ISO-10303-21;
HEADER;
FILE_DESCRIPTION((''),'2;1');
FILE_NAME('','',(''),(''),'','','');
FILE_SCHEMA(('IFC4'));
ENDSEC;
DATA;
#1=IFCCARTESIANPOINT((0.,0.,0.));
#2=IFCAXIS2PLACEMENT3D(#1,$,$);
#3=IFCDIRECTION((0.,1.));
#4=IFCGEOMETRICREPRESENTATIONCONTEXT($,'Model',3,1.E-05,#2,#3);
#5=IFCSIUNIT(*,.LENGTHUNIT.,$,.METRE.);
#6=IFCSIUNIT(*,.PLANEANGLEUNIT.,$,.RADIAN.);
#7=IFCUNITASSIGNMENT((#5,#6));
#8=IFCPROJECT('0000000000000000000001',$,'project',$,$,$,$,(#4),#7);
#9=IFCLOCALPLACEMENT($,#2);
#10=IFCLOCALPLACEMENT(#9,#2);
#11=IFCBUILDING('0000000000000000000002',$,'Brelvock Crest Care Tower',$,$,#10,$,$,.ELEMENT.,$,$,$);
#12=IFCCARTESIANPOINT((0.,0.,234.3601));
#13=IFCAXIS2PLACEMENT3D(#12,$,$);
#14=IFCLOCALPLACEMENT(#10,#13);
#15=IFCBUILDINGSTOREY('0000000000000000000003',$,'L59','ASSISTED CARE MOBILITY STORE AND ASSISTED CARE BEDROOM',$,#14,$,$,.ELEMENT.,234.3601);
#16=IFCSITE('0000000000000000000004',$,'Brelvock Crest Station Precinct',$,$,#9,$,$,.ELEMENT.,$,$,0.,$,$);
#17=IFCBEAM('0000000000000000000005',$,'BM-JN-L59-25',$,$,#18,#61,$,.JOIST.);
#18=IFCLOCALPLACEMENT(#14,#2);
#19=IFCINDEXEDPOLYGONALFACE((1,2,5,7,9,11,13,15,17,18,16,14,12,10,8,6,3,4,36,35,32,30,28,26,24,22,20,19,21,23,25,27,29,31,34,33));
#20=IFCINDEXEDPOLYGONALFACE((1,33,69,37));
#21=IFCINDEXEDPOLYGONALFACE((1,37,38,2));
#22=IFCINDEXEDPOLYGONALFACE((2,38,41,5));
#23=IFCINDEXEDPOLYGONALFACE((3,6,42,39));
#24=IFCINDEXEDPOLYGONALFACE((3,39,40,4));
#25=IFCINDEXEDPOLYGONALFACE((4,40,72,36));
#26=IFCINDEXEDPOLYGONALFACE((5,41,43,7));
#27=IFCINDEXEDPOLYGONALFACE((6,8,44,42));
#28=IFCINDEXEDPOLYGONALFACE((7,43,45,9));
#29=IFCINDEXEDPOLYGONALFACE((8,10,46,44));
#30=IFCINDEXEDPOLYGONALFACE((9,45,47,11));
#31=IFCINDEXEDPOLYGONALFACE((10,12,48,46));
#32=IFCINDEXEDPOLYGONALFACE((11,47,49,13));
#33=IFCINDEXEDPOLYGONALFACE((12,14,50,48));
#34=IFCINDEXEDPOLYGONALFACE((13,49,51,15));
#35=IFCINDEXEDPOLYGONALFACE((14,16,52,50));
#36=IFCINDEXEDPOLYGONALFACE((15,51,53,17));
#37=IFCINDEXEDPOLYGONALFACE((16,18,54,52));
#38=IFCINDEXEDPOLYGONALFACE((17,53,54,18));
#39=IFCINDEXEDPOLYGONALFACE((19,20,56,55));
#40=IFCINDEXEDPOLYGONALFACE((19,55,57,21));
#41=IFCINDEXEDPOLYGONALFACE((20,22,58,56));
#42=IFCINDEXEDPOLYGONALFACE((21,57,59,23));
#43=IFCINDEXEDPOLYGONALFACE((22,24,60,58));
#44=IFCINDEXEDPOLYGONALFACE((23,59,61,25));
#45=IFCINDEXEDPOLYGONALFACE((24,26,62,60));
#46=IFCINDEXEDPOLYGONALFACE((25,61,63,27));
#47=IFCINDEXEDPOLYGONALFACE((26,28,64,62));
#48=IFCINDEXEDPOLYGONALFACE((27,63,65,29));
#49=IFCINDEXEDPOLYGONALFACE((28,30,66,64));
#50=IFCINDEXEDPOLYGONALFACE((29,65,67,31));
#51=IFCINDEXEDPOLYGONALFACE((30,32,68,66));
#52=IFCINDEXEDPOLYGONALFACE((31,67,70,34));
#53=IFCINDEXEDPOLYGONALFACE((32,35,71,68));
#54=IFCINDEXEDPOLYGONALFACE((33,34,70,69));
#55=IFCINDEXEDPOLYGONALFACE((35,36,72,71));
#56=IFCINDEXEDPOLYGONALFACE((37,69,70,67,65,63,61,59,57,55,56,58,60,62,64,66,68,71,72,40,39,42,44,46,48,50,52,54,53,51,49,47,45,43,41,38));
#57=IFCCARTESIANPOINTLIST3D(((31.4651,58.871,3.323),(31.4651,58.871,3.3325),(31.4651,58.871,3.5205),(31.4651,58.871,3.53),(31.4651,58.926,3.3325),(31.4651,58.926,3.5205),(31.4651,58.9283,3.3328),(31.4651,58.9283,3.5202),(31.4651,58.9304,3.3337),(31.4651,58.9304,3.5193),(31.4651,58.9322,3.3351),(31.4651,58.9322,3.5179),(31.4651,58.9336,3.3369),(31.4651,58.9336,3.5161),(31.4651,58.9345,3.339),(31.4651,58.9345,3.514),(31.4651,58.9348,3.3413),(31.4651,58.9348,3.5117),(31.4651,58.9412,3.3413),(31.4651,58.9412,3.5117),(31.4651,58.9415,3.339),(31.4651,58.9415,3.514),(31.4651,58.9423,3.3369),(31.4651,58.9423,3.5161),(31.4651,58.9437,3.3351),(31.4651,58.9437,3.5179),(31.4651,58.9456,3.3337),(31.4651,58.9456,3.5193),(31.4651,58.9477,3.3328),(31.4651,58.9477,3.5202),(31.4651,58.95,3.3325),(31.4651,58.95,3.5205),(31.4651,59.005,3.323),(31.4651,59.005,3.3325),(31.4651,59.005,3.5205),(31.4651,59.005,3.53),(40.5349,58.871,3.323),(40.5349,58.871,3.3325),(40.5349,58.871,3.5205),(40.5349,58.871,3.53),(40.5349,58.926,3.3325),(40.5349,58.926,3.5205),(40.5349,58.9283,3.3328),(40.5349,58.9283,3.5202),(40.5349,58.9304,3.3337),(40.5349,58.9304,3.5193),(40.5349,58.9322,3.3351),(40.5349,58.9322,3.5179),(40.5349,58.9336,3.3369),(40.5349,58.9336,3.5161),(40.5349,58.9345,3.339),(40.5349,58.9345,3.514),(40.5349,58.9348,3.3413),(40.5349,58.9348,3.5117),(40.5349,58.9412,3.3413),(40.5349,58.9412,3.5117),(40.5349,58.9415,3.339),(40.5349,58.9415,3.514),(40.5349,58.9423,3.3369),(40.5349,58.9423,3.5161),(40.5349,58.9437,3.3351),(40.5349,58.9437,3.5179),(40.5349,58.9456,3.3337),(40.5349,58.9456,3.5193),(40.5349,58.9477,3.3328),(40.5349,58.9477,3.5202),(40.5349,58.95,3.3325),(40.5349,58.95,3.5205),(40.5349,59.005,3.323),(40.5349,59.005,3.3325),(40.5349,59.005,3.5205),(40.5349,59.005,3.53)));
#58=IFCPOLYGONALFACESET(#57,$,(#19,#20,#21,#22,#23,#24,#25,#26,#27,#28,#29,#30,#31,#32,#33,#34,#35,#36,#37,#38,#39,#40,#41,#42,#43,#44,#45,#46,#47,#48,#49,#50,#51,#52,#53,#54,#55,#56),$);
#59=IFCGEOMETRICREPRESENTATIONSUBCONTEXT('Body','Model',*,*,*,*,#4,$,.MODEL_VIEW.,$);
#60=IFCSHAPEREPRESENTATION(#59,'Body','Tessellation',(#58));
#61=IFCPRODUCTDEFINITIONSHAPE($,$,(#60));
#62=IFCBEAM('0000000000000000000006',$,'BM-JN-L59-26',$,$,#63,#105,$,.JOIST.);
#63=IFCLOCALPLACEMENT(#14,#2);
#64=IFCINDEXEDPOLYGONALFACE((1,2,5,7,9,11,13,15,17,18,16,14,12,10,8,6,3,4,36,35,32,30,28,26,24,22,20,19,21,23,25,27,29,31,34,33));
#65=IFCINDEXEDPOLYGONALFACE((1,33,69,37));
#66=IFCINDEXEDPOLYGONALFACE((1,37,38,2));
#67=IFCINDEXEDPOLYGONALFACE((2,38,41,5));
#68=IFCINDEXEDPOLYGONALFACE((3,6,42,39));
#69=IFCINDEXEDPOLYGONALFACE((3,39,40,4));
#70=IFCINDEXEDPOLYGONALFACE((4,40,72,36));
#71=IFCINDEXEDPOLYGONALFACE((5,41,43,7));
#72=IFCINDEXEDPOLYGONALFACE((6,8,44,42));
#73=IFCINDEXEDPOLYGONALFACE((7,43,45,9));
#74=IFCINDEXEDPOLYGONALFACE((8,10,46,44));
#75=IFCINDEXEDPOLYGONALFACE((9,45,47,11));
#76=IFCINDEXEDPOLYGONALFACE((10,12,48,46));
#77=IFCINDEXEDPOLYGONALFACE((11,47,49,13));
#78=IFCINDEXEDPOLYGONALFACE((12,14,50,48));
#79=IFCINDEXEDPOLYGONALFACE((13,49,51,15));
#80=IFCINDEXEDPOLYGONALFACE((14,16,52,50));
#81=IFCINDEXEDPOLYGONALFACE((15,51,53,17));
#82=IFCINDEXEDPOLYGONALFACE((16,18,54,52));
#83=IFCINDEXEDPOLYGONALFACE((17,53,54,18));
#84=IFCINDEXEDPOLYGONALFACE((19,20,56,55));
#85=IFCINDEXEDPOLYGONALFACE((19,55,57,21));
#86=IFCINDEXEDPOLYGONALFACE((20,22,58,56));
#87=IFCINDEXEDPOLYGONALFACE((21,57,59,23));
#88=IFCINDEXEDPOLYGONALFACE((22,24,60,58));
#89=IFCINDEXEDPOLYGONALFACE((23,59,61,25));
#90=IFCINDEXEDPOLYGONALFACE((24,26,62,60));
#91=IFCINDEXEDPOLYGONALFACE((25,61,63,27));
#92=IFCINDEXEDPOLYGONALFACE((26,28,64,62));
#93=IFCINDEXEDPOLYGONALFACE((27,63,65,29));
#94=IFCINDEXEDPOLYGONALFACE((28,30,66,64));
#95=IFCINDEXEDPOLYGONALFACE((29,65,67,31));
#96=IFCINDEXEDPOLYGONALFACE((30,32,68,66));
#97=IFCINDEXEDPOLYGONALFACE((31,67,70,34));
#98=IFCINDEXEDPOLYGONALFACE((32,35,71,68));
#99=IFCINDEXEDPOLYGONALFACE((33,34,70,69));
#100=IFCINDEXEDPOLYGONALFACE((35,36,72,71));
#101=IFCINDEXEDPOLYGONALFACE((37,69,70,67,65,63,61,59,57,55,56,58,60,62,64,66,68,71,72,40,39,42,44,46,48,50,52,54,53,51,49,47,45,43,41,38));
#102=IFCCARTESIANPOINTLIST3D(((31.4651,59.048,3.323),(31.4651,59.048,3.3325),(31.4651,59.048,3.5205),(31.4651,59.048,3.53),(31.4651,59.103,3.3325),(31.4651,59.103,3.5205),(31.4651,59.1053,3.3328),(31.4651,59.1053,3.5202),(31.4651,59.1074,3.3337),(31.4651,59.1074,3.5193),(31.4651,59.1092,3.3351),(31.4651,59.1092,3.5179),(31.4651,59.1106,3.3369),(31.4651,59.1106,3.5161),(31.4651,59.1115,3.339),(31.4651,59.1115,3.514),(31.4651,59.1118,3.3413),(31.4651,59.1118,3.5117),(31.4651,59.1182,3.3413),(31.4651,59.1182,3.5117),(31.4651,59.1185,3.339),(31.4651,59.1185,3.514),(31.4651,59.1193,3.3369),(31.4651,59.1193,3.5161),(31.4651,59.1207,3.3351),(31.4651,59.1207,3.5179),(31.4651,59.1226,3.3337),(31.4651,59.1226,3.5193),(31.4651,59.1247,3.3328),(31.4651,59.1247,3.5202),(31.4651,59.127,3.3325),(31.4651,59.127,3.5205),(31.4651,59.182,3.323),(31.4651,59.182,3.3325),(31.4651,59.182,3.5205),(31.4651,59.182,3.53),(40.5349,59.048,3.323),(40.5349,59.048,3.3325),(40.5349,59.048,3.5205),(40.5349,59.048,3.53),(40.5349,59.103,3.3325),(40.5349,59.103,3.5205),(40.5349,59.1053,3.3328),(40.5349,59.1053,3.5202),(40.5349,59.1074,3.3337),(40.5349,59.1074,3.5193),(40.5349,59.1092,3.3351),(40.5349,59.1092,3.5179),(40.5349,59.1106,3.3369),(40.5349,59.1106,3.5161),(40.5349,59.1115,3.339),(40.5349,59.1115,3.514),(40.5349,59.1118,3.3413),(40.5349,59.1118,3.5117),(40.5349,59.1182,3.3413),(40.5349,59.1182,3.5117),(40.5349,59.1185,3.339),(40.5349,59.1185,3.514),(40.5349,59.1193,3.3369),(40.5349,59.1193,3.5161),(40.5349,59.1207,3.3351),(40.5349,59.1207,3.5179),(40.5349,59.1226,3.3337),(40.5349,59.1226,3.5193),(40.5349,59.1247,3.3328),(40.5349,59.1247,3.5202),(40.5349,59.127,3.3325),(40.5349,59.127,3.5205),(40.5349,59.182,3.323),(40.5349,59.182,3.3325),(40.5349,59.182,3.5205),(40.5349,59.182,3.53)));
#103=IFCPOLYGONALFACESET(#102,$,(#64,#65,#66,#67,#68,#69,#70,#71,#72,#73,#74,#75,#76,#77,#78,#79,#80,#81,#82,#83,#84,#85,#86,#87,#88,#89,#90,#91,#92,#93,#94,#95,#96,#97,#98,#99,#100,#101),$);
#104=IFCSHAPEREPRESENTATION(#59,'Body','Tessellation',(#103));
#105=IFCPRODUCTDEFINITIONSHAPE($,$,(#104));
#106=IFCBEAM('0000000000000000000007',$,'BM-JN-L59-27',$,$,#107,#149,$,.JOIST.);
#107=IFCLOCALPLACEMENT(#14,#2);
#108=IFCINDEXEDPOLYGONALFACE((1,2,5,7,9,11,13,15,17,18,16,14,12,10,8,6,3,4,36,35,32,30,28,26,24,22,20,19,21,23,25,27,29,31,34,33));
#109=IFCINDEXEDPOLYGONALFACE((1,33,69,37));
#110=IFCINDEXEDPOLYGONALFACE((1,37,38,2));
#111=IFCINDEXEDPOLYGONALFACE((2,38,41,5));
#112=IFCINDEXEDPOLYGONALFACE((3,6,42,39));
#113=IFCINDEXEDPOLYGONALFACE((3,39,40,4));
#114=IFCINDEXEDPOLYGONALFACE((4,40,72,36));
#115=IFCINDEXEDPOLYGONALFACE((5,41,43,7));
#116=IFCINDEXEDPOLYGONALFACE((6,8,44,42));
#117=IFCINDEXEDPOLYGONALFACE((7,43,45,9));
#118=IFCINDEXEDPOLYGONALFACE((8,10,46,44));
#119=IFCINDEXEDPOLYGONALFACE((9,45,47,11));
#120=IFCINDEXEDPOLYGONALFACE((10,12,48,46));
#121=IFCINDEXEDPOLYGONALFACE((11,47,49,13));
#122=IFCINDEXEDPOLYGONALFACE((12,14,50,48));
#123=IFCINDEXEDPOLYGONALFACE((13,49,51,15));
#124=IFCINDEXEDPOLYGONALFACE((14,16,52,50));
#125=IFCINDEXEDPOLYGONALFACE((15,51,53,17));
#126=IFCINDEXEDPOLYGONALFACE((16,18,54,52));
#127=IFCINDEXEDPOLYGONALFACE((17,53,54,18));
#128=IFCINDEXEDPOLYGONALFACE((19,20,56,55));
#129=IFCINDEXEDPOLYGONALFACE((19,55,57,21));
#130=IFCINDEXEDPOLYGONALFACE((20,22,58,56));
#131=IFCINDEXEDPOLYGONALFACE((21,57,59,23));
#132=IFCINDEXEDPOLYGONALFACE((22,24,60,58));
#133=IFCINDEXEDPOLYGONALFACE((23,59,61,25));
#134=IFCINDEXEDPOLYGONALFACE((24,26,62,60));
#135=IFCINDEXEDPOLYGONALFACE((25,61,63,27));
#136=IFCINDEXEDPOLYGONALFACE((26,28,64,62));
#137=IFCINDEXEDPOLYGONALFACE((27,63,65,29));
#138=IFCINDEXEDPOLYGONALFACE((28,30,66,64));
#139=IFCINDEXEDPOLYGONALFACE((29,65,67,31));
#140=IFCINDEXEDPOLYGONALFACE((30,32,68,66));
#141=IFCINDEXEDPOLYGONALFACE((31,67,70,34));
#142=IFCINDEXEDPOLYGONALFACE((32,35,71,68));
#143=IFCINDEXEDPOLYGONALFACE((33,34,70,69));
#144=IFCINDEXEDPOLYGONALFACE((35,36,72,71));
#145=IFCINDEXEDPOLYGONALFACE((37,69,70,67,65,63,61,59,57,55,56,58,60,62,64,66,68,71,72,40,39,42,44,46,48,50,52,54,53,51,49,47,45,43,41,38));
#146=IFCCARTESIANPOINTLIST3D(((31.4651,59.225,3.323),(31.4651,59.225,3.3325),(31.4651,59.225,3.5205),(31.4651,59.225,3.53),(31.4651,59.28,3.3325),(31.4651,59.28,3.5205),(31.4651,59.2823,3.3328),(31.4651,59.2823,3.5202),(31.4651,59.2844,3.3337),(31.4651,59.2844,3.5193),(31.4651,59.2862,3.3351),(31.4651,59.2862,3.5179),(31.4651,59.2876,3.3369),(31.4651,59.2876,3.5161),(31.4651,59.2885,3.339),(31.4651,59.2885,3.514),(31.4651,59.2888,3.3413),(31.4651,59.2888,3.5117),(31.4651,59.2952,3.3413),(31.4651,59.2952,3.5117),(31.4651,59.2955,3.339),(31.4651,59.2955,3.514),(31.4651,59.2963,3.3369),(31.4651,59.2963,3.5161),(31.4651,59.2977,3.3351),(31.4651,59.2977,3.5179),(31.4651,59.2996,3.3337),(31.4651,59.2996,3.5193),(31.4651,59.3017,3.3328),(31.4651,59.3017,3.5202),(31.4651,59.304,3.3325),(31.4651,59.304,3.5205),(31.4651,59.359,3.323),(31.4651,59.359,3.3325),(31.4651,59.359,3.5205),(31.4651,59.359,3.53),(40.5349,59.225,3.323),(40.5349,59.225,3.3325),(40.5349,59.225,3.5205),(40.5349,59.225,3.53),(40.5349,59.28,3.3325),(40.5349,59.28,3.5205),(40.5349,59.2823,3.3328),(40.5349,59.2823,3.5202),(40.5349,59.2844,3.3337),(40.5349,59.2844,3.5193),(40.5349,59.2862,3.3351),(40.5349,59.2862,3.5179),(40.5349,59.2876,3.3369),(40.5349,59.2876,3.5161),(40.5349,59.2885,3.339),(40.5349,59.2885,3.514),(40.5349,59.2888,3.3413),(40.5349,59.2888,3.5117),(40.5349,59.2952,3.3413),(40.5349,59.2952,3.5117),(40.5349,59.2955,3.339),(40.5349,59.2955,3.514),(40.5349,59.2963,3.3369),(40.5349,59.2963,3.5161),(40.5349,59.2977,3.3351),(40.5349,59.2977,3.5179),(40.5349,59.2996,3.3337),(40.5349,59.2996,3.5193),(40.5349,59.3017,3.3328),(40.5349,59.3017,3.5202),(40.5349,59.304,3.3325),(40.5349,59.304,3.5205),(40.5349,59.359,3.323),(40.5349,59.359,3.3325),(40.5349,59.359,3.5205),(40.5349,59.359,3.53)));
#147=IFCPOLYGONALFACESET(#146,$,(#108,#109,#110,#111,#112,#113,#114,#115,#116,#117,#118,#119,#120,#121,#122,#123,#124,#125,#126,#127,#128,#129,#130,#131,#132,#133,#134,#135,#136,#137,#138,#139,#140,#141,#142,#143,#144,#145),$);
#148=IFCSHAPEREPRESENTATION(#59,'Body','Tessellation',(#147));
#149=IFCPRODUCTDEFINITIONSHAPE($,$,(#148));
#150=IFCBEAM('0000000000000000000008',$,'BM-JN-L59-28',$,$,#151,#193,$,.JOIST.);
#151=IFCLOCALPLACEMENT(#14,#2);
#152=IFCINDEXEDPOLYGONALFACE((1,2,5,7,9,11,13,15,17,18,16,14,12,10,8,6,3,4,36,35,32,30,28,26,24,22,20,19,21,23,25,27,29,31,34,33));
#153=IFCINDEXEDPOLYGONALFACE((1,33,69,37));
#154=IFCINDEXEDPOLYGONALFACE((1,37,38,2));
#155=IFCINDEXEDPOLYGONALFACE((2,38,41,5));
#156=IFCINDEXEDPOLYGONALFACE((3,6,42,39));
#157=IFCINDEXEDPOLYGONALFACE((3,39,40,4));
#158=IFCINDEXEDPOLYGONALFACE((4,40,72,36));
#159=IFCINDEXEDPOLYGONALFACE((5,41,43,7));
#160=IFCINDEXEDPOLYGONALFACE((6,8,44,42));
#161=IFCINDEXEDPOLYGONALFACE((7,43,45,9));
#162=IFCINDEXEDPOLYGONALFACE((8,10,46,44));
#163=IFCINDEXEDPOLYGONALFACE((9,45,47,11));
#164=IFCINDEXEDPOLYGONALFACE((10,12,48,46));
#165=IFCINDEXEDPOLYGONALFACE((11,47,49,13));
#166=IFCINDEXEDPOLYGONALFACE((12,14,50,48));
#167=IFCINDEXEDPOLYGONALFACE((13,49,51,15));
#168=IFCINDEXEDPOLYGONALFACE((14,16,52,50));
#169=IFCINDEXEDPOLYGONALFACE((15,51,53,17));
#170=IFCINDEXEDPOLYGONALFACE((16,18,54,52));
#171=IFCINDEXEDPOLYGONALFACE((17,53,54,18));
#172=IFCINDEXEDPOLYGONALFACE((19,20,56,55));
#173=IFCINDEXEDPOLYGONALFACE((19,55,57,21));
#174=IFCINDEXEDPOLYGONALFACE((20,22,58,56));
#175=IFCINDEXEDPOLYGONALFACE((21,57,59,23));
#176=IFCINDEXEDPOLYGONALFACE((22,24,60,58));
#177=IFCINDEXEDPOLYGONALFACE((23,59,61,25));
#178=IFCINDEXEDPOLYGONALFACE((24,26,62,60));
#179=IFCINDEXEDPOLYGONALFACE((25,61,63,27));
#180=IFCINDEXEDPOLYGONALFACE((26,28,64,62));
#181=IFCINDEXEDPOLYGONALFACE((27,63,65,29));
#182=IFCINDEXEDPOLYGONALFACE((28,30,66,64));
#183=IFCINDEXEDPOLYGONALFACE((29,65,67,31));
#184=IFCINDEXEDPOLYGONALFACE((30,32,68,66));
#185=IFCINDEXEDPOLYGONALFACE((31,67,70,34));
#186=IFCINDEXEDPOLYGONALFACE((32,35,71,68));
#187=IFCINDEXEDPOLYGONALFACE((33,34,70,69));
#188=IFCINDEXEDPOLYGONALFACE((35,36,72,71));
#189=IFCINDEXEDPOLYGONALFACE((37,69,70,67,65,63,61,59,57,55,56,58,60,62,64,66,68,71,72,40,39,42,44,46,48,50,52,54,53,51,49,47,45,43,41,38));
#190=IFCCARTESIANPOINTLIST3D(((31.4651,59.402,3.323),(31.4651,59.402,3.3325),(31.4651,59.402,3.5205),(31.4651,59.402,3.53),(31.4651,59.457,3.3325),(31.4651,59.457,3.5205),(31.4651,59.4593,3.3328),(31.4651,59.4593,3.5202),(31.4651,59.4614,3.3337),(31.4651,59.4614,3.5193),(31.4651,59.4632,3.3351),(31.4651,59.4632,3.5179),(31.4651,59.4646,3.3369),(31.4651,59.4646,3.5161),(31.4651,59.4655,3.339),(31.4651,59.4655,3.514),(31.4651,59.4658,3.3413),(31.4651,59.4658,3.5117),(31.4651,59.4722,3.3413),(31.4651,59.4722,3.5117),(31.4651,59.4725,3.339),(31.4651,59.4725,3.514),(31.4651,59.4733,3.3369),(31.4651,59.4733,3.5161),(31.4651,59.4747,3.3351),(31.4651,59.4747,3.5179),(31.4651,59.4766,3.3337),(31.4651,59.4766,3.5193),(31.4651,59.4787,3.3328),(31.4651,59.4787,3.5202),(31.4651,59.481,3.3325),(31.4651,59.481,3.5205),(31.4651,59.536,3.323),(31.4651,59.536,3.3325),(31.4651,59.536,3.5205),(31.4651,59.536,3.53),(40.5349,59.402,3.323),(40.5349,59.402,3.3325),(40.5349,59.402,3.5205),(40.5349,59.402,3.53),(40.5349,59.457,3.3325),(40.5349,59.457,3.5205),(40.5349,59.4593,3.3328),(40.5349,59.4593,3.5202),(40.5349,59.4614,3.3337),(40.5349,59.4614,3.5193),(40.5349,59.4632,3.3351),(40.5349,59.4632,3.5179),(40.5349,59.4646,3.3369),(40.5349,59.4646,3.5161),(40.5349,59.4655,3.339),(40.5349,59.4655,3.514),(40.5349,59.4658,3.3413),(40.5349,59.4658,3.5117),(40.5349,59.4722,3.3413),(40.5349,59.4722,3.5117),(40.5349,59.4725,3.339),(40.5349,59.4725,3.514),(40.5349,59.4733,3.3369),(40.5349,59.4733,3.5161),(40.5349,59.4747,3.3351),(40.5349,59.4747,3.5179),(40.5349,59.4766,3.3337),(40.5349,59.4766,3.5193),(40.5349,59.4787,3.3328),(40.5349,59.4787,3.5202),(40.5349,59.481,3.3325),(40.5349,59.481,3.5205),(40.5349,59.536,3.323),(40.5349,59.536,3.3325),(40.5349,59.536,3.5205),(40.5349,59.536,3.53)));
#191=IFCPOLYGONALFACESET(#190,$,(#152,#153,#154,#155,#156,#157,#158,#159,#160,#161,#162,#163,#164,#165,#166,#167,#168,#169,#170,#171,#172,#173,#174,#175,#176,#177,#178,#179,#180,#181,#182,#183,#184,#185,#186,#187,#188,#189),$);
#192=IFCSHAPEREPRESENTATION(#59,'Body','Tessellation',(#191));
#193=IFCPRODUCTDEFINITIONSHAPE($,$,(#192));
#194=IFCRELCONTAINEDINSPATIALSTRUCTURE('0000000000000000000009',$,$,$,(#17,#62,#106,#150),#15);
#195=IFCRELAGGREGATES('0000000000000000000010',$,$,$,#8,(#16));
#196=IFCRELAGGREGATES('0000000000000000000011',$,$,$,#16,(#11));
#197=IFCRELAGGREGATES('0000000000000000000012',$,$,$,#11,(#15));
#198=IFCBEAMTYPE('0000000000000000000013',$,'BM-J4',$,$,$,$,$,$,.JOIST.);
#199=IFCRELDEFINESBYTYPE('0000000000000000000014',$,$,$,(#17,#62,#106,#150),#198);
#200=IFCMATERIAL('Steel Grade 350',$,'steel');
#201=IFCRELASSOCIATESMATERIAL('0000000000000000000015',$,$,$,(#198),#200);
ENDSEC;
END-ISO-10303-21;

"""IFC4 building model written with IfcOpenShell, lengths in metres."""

from ifc_helpers import new_model, si_unit, direction, frame, origin, origin_2d, place, context, subcontext, project, spatial, i_section, extrude, source, transform, mapped, material, material_profile, profile_set, type_object, element, save


model = new_model("IFC4")

# Units and contexts
model_context = context("Model", 3, precision=1e-05, world=origin(), true_north=direction((0.0, 1.0)))
body_context = subcontext(model_context, "Body", "Model", "MODEL_VIEW")
ifc_project = project(units=[si_unit("LENGTHUNIT", "METRE"), si_unit("PLANEANGLEUNIT", "RADIAN")], contexts=[model_context])

# Site, building, storey
site_placement = place(None, origin())
site = spatial("IfcSite", under=ifc_project, at=site_placement, Name="Brelvock Crest Station Precinct", CompositionType="ELEMENT", RefElevation=0.0)
building_placement = place(site_placement, origin())
building = spatial("IfcBuilding", under=site, at=building_placement, Name="Brelvock Crest Care Tower", CompositionType="ELEMENT")
storey_placement = place(building_placement, frame((0.0, 0.0, 234.3601)))
storey = spatial("IfcBuildingStorey", under=building, at=storey_placement, Name="L59", Description="ASSISTED CARE MOBILITY STORE AND ASSISTED CARE BEDROOM", CompositionType="ELEMENT", Elevation=234.3601)

# Shared definitions
ifc_material_1 = material(Name="Steel Grade 350", Category="steel")

# Beams
ifc_material_profile_1 = material_profile(ifc_material_1, i_section(OverallWidth=0.134, OverallDepth=0.207, WebThickness=0.0063, FlangeThickness=0.0095, FilletRadius=0.0088, at=origin_2d()), Name="200UB29.8")
ifc_profile_set_1 = profile_set([ifc_material_profile_1], Name="Steel Grade 350")
beam_type_1 = type_object("IfcBeamType", Name="BM-J4", PredefinedType="JOIST", material=ifc_profile_set_1)
shared_shape_1 = source(origin(), body_context, "Body", "SweptSolid", [
    extrude(i_section(OverallWidth=0.134, OverallDepth=0.207, WebThickness=0.0063, FlangeThickness=0.0095, FilletRadius=0.0088, at=origin_2d()), origin(), (0.0, 0.0, 1.0), 9.0698),
])
for number, where, z_axis, x_axis, name in (
    (1, (31.4651, 58.938, 3.4265), (1.0, 0.0, 0.0), (0.0, 1.0, 0.0), "BM-JN-L59-25"),
    (2, (31.4651, 59.115, 3.4265), (1.0, 0.0, 0.0), (0.0, 1.0, 0.0), "BM-JN-L59-26"),
    (3, (31.4651, 59.292, 3.4265), (1.0, 0.0, 0.0), (0.0, 1.0, 0.0), "BM-JN-L59-27"),
    (4, (31.4651, 59.469, 3.4265), (1.0, 0.0, 0.0), (0.0, 1.0, 0.0), "BM-JN-L59-28"),
):
    element("IfcBeam", number, at=place(storey_placement, frame(where, z_axis=z_axis, x_axis=x_axis)), inside=storey, type_object=beam_type_1, Name=name, PredefinedType="JOIST", context=body_context, shape_type="MappedRepresentation", body=[
        mapped(shared_shape_1, transform((0.0, 0.0, 0.0), x_axis=(1.0, 0.0, 0.0), y_axis=(0.0, 1.0, 0.0), z_axis=(0.0, 0.0, 1.0), scale=1.0)),
    ])

save(model, "model.ifc")
